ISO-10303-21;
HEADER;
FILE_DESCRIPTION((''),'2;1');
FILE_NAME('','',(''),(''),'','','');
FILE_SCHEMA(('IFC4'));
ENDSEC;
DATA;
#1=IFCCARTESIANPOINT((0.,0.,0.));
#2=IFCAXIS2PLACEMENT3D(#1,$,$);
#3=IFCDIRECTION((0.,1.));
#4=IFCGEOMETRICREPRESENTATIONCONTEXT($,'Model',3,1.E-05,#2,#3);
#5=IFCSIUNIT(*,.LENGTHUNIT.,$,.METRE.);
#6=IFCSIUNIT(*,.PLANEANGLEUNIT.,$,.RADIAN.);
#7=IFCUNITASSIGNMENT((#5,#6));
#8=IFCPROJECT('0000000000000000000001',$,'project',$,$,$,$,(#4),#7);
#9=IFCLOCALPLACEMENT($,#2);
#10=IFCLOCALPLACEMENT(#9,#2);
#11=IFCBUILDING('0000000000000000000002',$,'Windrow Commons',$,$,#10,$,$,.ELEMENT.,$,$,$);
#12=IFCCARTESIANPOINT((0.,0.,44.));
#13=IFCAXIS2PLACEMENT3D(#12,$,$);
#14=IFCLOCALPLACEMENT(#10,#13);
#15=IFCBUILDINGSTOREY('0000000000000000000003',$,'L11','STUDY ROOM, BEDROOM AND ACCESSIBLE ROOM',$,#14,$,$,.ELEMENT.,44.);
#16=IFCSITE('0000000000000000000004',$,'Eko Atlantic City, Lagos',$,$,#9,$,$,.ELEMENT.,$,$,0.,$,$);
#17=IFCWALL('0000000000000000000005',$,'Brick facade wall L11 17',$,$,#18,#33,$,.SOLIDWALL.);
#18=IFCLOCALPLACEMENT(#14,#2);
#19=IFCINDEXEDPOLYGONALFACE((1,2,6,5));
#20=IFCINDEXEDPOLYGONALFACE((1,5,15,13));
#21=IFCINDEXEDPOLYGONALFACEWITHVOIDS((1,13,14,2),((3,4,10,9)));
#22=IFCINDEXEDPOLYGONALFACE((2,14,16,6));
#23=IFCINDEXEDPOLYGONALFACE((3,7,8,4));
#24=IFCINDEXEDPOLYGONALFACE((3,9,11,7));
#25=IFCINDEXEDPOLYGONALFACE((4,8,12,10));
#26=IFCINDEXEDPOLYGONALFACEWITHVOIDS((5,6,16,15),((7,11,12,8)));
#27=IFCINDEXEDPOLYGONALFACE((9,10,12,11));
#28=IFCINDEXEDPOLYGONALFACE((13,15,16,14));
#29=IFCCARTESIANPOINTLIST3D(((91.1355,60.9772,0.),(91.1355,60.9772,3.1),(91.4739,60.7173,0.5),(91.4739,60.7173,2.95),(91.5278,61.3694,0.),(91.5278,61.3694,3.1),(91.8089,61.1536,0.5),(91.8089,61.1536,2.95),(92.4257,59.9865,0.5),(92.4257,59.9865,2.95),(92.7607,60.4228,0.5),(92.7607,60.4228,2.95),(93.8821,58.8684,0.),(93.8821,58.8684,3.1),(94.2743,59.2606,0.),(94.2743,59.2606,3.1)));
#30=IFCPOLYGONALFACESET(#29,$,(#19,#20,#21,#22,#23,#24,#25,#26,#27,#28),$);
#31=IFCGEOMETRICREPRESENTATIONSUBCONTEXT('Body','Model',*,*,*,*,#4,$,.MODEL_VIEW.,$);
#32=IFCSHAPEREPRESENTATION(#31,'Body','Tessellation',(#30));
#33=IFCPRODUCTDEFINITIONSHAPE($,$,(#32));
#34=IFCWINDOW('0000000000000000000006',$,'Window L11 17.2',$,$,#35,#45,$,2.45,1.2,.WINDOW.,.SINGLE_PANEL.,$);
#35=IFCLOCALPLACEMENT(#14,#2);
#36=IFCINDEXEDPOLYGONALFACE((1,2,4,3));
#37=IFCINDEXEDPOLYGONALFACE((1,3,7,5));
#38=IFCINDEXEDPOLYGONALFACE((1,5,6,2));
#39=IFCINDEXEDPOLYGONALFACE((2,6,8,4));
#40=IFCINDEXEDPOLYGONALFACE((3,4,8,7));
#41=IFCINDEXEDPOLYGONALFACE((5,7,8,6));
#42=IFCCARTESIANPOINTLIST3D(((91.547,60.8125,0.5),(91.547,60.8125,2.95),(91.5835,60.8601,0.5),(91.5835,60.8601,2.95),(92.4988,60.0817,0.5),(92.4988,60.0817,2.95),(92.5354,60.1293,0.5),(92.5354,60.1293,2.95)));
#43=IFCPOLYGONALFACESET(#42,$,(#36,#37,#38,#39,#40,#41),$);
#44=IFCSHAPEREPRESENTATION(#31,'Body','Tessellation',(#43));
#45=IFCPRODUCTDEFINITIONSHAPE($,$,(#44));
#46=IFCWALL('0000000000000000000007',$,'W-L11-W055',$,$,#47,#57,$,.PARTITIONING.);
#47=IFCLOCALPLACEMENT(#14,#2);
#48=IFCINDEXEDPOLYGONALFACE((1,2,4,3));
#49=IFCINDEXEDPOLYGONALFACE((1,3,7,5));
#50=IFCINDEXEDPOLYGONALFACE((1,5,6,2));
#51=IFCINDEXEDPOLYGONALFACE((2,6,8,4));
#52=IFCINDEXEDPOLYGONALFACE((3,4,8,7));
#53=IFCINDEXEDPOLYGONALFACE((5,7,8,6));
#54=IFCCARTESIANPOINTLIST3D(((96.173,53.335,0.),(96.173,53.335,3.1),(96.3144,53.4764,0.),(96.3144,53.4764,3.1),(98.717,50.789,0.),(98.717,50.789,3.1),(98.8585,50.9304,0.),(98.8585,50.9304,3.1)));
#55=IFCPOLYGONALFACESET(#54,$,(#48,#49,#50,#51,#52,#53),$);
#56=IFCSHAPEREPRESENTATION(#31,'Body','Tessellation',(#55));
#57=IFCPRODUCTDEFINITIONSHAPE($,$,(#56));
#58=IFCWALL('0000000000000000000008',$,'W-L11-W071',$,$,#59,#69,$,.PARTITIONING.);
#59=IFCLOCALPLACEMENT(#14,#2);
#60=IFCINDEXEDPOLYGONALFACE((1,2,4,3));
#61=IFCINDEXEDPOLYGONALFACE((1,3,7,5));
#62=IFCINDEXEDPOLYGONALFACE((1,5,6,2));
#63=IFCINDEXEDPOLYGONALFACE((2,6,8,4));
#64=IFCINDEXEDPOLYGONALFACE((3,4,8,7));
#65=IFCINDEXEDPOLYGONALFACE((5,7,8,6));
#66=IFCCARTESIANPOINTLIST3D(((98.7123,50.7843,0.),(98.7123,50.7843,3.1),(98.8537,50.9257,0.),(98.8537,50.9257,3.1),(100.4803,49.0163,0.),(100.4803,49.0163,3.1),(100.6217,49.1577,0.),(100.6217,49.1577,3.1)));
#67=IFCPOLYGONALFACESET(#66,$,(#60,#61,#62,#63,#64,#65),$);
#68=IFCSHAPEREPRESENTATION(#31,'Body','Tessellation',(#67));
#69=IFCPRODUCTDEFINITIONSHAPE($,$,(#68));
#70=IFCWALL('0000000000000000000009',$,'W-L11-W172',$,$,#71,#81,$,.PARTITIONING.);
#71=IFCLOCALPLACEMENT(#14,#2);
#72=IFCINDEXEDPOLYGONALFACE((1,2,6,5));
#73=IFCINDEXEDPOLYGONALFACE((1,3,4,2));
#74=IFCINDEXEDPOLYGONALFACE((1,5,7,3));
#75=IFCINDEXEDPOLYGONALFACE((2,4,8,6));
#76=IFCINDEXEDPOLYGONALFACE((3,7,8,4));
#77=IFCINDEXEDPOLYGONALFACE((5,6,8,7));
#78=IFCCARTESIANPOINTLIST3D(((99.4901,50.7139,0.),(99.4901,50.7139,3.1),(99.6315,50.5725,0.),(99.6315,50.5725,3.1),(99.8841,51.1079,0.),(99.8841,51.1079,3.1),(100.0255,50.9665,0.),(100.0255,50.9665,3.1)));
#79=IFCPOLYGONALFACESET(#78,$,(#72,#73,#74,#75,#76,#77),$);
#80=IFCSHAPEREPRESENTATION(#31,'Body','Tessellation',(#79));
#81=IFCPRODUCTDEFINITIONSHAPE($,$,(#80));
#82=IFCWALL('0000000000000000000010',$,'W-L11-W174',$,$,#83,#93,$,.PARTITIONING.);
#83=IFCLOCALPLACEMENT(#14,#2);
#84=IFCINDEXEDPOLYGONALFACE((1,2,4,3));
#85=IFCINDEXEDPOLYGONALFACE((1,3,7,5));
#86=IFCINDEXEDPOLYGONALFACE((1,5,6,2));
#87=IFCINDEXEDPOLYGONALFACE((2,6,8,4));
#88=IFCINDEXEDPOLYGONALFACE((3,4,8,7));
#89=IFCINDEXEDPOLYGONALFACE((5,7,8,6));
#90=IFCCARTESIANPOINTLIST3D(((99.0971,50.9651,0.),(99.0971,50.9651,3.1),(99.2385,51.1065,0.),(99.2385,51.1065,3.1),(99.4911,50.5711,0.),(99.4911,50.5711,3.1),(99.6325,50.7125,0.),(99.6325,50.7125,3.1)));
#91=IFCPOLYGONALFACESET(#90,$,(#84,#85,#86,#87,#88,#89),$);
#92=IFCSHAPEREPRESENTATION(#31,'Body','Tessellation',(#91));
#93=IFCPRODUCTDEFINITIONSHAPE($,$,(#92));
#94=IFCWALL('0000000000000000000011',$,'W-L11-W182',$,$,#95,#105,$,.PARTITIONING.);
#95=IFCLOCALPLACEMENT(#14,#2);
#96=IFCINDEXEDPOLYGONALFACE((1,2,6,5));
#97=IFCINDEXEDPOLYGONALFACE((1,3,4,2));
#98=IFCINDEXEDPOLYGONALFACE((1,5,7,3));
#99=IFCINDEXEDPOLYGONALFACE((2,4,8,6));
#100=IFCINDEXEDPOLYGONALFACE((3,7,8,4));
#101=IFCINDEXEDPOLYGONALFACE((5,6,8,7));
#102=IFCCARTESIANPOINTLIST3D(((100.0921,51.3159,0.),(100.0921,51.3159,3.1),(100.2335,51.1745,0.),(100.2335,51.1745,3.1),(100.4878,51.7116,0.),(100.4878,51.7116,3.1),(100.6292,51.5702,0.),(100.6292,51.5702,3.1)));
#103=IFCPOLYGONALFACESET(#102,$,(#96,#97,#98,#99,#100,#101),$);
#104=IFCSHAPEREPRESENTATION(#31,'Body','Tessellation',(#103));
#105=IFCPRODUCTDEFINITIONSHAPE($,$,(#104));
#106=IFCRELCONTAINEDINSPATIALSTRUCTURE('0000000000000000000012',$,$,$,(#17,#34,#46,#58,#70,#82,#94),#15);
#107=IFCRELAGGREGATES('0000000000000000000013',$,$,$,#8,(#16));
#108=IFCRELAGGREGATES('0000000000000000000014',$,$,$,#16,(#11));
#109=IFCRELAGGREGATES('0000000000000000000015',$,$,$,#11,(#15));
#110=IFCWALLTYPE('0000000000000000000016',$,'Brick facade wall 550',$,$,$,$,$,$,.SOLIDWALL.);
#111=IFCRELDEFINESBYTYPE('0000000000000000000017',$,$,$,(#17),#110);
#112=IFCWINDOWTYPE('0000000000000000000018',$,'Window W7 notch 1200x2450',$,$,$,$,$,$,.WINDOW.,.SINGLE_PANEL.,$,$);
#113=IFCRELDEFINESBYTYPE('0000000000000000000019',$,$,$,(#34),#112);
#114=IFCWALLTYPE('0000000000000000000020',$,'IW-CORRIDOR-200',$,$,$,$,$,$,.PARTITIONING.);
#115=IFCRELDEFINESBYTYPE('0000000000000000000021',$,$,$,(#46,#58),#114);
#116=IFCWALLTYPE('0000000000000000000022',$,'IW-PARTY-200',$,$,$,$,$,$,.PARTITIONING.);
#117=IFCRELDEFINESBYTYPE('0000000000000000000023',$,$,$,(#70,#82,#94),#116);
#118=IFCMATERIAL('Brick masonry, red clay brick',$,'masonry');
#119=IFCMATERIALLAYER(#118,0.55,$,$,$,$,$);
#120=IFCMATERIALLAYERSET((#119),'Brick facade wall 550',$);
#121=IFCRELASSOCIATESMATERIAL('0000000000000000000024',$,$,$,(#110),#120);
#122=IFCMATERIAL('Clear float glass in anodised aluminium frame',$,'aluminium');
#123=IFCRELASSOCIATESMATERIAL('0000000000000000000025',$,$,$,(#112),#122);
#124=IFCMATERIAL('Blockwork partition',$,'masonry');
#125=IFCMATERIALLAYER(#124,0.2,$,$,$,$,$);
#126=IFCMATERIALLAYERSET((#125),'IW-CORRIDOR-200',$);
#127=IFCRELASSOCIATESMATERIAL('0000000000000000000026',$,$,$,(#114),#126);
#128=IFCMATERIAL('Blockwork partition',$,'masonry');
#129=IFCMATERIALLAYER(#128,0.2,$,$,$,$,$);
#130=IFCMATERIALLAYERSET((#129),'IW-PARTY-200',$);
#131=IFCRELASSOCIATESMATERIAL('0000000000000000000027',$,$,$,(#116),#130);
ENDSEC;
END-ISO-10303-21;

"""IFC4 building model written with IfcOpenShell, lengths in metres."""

from ifc_helpers import new_model, si_unit, direction, frame, frame_2d, origin, place, context, subcontext, project, spatial, polyline, rectangle, outline, extrude, material, layer, layer_set, type_object, element, fill, save


model = new_model("IFC4")

# Units and contexts
model_context = context("Model", 3, precision=1e-05, world=origin(), true_north=direction((0.0, 1.0)))
body_context = subcontext(model_context, "Body", "Model", "MODEL_VIEW")
ifc_project = project(units=[si_unit("LENGTHUNIT", "METRE"), si_unit("PLANEANGLEUNIT", "RADIAN")], contexts=[model_context])

# Site, building, storey
site_placement = place(None, origin())
site = spatial("IfcSite", under=ifc_project, at=site_placement, Name="Eko Atlantic City, Lagos", CompositionType="ELEMENT", RefElevation=0.0)
building_placement = place(site_placement, origin())
building = spatial("IfcBuilding", under=site, at=building_placement, Name="Windrow Commons", CompositionType="ELEMENT")
storey_placement = place(building_placement, frame((0.0, 0.0, 44.0)))
storey = spatial("IfcBuildingStorey", under=building, at=storey_placement, Name="L11", Description="STUDY ROOM, BEDROOM AND ACCESSIBLE ROOM", CompositionType="ELEMENT", Elevation=44.0)

# Wall, opening, window
ifc_material_1 = material(Name="Brick masonry, red clay brick", Category="masonry")
ifc_layer_1 = layer(ifc_material_1, 0.55)
ifc_layer_set_1 = layer_set([ifc_layer_1], Name="Brick facade wall 550")
wall_type_1 = type_object("IfcWallType", Name="Brick facade wall 550", PredefinedType="SOLIDWALL", material=ifc_layer_set_1)
ifc_material_2 = material(Name="Clear float glass in anodised aluminium frame", Category="aluminium")
window_type = type_object("IfcWindowType", Name="Window W7 notch 1200x2450", PartitioningType="SINGLE_PANEL", PredefinedType="WINDOW", material=ifc_material_2)
wall_1_placement = place(storey_placement, frame((94.0782, 59.0645, 0.0), z_axis=(0.0, 0.0, 1.0), x_axis=(-0.793178, 0.60899, 0.0)))
wall_1 = element("IfcWall", 1, at=wall_1_placement, inside=storey, type_object=wall_type_1, Name="Brick facade wall L11 17", PredefinedType="SOLIDWALL", context=body_context, shape_type="SweptSolid", body=[
    extrude(outline(polyline([(-0.0361, -0.275), (3.4266, -0.275), (3.4989, 0.275), (0.0361, 0.275), (-0.0361, -0.275)])), origin(), (0.0, 0.0, 1.0), 3.1),
])
opening_1_placement = place(wall_1_placement, frame((1.8722, 0.0, 0.5)))
opening_1 = element("IfcOpeningElement", 2, at=opening_1_placement, cuts=wall_1, PredefinedType="OPENING", context=body_context, shape_type="SweptSolid", body=[
    extrude(rectangle(XDim=1.2, YDim=2.45, at=frame_2d((0.6, 1.225))), frame((0.0, 0.285, 0.0), z_axis=(0.0, -1.0, 0.0), x_axis=(1.0, 0.0, 0.0)), (0.0, 0.0, 1.0), 0.57),
])
window_1_placement = place(opening_1_placement, origin())
window_1 = element("IfcWindow", 3, at=window_1_placement, inside=storey, type_object=window_type, Name="Window L11 17.2", OverallHeight=2.45, OverallWidth=1.2, PartitioningType="SINGLE_PANEL", PredefinedType="WINDOW", context=body_context, shape_type="SweptSolid", body=[
    extrude(rectangle(XDim=1.2, YDim=2.45, at=frame_2d((0.6, 1.225))), frame((0.0, 0.155, 0.0), z_axis=(0.0, -1.0, 0.0), x_axis=(1.0, 0.0, 0.0)), (0.0, 0.0, 1.0), 0.06),
])
fill(opening_1, window_1)

# Walls
ifc_material_3 = material(Name="Blockwork partition", Category="masonry")
ifc_layer_2 = layer(ifc_material_3, 0.2)
ifc_layer_set_2 = layer_set([ifc_layer_2], Name="IW-CORRIDOR-200")
wall_type_2 = type_object("IfcWallType", Name="IW-CORRIDOR-200", PredefinedType="PARTITIONING", material=ifc_layer_set_2)
wall_2_placement = place(storey_placement, frame((96.2437, 53.4057, 0.0), z_axis=(0.0, 0.0, 1.0), x_axis=(0.706829, -0.707385, 0.0)))
element("IfcWall", 4, at=wall_2_placement, inside=storey, type_object=wall_type_2, Name="W-L11-W055", PredefinedType="PARTITIONING", context=body_context, shape_type="SweptSolid", body=[
    extrude(rectangle(XDim=3.5992, YDim=0.2, at=frame_2d((1.7996, 0.0))), origin(), (0.0, 0.0, 1.0), 3.1),
])
wall_3_placement = place(storey_placement, frame((98.783, 50.855, 0.0), z_axis=(0.0, 0.0, 1.0), x_axis=(0.707107, -0.707107, 0.0)))
element("IfcWall", 5, at=wall_3_placement, inside=storey, type_object=wall_type_2, Name="W-L11-W071", PredefinedType="PARTITIONING", context=body_context, shape_type="SweptSolid", body=[
    extrude(rectangle(XDim=2.5003, YDim=0.2, at=frame_2d((1.2502, 0.0))), origin(), (0.0, 0.0, 1.0), 3.1),
])
ifc_material_4 = material(Name="Blockwork partition", Category="masonry")
ifc_layer_3 = layer(ifc_material_4, 0.2)
ifc_layer_set_3 = layer_set([ifc_layer_3], Name="IW-PARTY-200")
wall_type_3 = type_object("IfcWallType", Name="IW-PARTY-200", PredefinedType="PARTITIONING", material=ifc_layer_set_3)
for number, where, z_axis, x_axis, name in (
    (6, (99.5608, 50.6432, 0.0), (0.0, 0.0, 1.0), (0.707107, 0.707107, 0.0), "W-L11-W172"),
    (7, (99.1678, 51.0358, 0.0), (0.0, 0.0, 1.0), (0.707107, -0.707107, 0.0), "W-L11-W174"),
):
    element("IfcWall", number, at=place(storey_placement, frame(where, z_axis=z_axis, x_axis=x_axis)), inside=storey, type_object=wall_type_3, Name=name, PredefinedType="PARTITIONING", context=body_context, shape_type="SweptSolid", body=[
        extrude(rectangle(XDim=0.5572, YDim=0.2, at=frame_2d((0.2786, 0.0))), origin(), (0.0, 0.0, 1.0), 3.1),
    ])
wall_4_placement = place(storey_placement, frame((100.1628, 51.2452, 0.0), z_axis=(0.0, 0.0, 1.0), x_axis=(0.707107, 0.707107, 0.0)))
element("IfcWall", 8, at=wall_4_placement, inside=storey, type_object=wall_type_3, Name="W-L11-W182", PredefinedType="PARTITIONING", context=body_context, shape_type="SweptSolid", body=[
    extrude(rectangle(XDim=0.5597, YDim=0.2, at=frame_2d((0.2798, 0.0))), origin(), (0.0, 0.0, 1.0), 3.1),
])

save(model, "model.ifc")
